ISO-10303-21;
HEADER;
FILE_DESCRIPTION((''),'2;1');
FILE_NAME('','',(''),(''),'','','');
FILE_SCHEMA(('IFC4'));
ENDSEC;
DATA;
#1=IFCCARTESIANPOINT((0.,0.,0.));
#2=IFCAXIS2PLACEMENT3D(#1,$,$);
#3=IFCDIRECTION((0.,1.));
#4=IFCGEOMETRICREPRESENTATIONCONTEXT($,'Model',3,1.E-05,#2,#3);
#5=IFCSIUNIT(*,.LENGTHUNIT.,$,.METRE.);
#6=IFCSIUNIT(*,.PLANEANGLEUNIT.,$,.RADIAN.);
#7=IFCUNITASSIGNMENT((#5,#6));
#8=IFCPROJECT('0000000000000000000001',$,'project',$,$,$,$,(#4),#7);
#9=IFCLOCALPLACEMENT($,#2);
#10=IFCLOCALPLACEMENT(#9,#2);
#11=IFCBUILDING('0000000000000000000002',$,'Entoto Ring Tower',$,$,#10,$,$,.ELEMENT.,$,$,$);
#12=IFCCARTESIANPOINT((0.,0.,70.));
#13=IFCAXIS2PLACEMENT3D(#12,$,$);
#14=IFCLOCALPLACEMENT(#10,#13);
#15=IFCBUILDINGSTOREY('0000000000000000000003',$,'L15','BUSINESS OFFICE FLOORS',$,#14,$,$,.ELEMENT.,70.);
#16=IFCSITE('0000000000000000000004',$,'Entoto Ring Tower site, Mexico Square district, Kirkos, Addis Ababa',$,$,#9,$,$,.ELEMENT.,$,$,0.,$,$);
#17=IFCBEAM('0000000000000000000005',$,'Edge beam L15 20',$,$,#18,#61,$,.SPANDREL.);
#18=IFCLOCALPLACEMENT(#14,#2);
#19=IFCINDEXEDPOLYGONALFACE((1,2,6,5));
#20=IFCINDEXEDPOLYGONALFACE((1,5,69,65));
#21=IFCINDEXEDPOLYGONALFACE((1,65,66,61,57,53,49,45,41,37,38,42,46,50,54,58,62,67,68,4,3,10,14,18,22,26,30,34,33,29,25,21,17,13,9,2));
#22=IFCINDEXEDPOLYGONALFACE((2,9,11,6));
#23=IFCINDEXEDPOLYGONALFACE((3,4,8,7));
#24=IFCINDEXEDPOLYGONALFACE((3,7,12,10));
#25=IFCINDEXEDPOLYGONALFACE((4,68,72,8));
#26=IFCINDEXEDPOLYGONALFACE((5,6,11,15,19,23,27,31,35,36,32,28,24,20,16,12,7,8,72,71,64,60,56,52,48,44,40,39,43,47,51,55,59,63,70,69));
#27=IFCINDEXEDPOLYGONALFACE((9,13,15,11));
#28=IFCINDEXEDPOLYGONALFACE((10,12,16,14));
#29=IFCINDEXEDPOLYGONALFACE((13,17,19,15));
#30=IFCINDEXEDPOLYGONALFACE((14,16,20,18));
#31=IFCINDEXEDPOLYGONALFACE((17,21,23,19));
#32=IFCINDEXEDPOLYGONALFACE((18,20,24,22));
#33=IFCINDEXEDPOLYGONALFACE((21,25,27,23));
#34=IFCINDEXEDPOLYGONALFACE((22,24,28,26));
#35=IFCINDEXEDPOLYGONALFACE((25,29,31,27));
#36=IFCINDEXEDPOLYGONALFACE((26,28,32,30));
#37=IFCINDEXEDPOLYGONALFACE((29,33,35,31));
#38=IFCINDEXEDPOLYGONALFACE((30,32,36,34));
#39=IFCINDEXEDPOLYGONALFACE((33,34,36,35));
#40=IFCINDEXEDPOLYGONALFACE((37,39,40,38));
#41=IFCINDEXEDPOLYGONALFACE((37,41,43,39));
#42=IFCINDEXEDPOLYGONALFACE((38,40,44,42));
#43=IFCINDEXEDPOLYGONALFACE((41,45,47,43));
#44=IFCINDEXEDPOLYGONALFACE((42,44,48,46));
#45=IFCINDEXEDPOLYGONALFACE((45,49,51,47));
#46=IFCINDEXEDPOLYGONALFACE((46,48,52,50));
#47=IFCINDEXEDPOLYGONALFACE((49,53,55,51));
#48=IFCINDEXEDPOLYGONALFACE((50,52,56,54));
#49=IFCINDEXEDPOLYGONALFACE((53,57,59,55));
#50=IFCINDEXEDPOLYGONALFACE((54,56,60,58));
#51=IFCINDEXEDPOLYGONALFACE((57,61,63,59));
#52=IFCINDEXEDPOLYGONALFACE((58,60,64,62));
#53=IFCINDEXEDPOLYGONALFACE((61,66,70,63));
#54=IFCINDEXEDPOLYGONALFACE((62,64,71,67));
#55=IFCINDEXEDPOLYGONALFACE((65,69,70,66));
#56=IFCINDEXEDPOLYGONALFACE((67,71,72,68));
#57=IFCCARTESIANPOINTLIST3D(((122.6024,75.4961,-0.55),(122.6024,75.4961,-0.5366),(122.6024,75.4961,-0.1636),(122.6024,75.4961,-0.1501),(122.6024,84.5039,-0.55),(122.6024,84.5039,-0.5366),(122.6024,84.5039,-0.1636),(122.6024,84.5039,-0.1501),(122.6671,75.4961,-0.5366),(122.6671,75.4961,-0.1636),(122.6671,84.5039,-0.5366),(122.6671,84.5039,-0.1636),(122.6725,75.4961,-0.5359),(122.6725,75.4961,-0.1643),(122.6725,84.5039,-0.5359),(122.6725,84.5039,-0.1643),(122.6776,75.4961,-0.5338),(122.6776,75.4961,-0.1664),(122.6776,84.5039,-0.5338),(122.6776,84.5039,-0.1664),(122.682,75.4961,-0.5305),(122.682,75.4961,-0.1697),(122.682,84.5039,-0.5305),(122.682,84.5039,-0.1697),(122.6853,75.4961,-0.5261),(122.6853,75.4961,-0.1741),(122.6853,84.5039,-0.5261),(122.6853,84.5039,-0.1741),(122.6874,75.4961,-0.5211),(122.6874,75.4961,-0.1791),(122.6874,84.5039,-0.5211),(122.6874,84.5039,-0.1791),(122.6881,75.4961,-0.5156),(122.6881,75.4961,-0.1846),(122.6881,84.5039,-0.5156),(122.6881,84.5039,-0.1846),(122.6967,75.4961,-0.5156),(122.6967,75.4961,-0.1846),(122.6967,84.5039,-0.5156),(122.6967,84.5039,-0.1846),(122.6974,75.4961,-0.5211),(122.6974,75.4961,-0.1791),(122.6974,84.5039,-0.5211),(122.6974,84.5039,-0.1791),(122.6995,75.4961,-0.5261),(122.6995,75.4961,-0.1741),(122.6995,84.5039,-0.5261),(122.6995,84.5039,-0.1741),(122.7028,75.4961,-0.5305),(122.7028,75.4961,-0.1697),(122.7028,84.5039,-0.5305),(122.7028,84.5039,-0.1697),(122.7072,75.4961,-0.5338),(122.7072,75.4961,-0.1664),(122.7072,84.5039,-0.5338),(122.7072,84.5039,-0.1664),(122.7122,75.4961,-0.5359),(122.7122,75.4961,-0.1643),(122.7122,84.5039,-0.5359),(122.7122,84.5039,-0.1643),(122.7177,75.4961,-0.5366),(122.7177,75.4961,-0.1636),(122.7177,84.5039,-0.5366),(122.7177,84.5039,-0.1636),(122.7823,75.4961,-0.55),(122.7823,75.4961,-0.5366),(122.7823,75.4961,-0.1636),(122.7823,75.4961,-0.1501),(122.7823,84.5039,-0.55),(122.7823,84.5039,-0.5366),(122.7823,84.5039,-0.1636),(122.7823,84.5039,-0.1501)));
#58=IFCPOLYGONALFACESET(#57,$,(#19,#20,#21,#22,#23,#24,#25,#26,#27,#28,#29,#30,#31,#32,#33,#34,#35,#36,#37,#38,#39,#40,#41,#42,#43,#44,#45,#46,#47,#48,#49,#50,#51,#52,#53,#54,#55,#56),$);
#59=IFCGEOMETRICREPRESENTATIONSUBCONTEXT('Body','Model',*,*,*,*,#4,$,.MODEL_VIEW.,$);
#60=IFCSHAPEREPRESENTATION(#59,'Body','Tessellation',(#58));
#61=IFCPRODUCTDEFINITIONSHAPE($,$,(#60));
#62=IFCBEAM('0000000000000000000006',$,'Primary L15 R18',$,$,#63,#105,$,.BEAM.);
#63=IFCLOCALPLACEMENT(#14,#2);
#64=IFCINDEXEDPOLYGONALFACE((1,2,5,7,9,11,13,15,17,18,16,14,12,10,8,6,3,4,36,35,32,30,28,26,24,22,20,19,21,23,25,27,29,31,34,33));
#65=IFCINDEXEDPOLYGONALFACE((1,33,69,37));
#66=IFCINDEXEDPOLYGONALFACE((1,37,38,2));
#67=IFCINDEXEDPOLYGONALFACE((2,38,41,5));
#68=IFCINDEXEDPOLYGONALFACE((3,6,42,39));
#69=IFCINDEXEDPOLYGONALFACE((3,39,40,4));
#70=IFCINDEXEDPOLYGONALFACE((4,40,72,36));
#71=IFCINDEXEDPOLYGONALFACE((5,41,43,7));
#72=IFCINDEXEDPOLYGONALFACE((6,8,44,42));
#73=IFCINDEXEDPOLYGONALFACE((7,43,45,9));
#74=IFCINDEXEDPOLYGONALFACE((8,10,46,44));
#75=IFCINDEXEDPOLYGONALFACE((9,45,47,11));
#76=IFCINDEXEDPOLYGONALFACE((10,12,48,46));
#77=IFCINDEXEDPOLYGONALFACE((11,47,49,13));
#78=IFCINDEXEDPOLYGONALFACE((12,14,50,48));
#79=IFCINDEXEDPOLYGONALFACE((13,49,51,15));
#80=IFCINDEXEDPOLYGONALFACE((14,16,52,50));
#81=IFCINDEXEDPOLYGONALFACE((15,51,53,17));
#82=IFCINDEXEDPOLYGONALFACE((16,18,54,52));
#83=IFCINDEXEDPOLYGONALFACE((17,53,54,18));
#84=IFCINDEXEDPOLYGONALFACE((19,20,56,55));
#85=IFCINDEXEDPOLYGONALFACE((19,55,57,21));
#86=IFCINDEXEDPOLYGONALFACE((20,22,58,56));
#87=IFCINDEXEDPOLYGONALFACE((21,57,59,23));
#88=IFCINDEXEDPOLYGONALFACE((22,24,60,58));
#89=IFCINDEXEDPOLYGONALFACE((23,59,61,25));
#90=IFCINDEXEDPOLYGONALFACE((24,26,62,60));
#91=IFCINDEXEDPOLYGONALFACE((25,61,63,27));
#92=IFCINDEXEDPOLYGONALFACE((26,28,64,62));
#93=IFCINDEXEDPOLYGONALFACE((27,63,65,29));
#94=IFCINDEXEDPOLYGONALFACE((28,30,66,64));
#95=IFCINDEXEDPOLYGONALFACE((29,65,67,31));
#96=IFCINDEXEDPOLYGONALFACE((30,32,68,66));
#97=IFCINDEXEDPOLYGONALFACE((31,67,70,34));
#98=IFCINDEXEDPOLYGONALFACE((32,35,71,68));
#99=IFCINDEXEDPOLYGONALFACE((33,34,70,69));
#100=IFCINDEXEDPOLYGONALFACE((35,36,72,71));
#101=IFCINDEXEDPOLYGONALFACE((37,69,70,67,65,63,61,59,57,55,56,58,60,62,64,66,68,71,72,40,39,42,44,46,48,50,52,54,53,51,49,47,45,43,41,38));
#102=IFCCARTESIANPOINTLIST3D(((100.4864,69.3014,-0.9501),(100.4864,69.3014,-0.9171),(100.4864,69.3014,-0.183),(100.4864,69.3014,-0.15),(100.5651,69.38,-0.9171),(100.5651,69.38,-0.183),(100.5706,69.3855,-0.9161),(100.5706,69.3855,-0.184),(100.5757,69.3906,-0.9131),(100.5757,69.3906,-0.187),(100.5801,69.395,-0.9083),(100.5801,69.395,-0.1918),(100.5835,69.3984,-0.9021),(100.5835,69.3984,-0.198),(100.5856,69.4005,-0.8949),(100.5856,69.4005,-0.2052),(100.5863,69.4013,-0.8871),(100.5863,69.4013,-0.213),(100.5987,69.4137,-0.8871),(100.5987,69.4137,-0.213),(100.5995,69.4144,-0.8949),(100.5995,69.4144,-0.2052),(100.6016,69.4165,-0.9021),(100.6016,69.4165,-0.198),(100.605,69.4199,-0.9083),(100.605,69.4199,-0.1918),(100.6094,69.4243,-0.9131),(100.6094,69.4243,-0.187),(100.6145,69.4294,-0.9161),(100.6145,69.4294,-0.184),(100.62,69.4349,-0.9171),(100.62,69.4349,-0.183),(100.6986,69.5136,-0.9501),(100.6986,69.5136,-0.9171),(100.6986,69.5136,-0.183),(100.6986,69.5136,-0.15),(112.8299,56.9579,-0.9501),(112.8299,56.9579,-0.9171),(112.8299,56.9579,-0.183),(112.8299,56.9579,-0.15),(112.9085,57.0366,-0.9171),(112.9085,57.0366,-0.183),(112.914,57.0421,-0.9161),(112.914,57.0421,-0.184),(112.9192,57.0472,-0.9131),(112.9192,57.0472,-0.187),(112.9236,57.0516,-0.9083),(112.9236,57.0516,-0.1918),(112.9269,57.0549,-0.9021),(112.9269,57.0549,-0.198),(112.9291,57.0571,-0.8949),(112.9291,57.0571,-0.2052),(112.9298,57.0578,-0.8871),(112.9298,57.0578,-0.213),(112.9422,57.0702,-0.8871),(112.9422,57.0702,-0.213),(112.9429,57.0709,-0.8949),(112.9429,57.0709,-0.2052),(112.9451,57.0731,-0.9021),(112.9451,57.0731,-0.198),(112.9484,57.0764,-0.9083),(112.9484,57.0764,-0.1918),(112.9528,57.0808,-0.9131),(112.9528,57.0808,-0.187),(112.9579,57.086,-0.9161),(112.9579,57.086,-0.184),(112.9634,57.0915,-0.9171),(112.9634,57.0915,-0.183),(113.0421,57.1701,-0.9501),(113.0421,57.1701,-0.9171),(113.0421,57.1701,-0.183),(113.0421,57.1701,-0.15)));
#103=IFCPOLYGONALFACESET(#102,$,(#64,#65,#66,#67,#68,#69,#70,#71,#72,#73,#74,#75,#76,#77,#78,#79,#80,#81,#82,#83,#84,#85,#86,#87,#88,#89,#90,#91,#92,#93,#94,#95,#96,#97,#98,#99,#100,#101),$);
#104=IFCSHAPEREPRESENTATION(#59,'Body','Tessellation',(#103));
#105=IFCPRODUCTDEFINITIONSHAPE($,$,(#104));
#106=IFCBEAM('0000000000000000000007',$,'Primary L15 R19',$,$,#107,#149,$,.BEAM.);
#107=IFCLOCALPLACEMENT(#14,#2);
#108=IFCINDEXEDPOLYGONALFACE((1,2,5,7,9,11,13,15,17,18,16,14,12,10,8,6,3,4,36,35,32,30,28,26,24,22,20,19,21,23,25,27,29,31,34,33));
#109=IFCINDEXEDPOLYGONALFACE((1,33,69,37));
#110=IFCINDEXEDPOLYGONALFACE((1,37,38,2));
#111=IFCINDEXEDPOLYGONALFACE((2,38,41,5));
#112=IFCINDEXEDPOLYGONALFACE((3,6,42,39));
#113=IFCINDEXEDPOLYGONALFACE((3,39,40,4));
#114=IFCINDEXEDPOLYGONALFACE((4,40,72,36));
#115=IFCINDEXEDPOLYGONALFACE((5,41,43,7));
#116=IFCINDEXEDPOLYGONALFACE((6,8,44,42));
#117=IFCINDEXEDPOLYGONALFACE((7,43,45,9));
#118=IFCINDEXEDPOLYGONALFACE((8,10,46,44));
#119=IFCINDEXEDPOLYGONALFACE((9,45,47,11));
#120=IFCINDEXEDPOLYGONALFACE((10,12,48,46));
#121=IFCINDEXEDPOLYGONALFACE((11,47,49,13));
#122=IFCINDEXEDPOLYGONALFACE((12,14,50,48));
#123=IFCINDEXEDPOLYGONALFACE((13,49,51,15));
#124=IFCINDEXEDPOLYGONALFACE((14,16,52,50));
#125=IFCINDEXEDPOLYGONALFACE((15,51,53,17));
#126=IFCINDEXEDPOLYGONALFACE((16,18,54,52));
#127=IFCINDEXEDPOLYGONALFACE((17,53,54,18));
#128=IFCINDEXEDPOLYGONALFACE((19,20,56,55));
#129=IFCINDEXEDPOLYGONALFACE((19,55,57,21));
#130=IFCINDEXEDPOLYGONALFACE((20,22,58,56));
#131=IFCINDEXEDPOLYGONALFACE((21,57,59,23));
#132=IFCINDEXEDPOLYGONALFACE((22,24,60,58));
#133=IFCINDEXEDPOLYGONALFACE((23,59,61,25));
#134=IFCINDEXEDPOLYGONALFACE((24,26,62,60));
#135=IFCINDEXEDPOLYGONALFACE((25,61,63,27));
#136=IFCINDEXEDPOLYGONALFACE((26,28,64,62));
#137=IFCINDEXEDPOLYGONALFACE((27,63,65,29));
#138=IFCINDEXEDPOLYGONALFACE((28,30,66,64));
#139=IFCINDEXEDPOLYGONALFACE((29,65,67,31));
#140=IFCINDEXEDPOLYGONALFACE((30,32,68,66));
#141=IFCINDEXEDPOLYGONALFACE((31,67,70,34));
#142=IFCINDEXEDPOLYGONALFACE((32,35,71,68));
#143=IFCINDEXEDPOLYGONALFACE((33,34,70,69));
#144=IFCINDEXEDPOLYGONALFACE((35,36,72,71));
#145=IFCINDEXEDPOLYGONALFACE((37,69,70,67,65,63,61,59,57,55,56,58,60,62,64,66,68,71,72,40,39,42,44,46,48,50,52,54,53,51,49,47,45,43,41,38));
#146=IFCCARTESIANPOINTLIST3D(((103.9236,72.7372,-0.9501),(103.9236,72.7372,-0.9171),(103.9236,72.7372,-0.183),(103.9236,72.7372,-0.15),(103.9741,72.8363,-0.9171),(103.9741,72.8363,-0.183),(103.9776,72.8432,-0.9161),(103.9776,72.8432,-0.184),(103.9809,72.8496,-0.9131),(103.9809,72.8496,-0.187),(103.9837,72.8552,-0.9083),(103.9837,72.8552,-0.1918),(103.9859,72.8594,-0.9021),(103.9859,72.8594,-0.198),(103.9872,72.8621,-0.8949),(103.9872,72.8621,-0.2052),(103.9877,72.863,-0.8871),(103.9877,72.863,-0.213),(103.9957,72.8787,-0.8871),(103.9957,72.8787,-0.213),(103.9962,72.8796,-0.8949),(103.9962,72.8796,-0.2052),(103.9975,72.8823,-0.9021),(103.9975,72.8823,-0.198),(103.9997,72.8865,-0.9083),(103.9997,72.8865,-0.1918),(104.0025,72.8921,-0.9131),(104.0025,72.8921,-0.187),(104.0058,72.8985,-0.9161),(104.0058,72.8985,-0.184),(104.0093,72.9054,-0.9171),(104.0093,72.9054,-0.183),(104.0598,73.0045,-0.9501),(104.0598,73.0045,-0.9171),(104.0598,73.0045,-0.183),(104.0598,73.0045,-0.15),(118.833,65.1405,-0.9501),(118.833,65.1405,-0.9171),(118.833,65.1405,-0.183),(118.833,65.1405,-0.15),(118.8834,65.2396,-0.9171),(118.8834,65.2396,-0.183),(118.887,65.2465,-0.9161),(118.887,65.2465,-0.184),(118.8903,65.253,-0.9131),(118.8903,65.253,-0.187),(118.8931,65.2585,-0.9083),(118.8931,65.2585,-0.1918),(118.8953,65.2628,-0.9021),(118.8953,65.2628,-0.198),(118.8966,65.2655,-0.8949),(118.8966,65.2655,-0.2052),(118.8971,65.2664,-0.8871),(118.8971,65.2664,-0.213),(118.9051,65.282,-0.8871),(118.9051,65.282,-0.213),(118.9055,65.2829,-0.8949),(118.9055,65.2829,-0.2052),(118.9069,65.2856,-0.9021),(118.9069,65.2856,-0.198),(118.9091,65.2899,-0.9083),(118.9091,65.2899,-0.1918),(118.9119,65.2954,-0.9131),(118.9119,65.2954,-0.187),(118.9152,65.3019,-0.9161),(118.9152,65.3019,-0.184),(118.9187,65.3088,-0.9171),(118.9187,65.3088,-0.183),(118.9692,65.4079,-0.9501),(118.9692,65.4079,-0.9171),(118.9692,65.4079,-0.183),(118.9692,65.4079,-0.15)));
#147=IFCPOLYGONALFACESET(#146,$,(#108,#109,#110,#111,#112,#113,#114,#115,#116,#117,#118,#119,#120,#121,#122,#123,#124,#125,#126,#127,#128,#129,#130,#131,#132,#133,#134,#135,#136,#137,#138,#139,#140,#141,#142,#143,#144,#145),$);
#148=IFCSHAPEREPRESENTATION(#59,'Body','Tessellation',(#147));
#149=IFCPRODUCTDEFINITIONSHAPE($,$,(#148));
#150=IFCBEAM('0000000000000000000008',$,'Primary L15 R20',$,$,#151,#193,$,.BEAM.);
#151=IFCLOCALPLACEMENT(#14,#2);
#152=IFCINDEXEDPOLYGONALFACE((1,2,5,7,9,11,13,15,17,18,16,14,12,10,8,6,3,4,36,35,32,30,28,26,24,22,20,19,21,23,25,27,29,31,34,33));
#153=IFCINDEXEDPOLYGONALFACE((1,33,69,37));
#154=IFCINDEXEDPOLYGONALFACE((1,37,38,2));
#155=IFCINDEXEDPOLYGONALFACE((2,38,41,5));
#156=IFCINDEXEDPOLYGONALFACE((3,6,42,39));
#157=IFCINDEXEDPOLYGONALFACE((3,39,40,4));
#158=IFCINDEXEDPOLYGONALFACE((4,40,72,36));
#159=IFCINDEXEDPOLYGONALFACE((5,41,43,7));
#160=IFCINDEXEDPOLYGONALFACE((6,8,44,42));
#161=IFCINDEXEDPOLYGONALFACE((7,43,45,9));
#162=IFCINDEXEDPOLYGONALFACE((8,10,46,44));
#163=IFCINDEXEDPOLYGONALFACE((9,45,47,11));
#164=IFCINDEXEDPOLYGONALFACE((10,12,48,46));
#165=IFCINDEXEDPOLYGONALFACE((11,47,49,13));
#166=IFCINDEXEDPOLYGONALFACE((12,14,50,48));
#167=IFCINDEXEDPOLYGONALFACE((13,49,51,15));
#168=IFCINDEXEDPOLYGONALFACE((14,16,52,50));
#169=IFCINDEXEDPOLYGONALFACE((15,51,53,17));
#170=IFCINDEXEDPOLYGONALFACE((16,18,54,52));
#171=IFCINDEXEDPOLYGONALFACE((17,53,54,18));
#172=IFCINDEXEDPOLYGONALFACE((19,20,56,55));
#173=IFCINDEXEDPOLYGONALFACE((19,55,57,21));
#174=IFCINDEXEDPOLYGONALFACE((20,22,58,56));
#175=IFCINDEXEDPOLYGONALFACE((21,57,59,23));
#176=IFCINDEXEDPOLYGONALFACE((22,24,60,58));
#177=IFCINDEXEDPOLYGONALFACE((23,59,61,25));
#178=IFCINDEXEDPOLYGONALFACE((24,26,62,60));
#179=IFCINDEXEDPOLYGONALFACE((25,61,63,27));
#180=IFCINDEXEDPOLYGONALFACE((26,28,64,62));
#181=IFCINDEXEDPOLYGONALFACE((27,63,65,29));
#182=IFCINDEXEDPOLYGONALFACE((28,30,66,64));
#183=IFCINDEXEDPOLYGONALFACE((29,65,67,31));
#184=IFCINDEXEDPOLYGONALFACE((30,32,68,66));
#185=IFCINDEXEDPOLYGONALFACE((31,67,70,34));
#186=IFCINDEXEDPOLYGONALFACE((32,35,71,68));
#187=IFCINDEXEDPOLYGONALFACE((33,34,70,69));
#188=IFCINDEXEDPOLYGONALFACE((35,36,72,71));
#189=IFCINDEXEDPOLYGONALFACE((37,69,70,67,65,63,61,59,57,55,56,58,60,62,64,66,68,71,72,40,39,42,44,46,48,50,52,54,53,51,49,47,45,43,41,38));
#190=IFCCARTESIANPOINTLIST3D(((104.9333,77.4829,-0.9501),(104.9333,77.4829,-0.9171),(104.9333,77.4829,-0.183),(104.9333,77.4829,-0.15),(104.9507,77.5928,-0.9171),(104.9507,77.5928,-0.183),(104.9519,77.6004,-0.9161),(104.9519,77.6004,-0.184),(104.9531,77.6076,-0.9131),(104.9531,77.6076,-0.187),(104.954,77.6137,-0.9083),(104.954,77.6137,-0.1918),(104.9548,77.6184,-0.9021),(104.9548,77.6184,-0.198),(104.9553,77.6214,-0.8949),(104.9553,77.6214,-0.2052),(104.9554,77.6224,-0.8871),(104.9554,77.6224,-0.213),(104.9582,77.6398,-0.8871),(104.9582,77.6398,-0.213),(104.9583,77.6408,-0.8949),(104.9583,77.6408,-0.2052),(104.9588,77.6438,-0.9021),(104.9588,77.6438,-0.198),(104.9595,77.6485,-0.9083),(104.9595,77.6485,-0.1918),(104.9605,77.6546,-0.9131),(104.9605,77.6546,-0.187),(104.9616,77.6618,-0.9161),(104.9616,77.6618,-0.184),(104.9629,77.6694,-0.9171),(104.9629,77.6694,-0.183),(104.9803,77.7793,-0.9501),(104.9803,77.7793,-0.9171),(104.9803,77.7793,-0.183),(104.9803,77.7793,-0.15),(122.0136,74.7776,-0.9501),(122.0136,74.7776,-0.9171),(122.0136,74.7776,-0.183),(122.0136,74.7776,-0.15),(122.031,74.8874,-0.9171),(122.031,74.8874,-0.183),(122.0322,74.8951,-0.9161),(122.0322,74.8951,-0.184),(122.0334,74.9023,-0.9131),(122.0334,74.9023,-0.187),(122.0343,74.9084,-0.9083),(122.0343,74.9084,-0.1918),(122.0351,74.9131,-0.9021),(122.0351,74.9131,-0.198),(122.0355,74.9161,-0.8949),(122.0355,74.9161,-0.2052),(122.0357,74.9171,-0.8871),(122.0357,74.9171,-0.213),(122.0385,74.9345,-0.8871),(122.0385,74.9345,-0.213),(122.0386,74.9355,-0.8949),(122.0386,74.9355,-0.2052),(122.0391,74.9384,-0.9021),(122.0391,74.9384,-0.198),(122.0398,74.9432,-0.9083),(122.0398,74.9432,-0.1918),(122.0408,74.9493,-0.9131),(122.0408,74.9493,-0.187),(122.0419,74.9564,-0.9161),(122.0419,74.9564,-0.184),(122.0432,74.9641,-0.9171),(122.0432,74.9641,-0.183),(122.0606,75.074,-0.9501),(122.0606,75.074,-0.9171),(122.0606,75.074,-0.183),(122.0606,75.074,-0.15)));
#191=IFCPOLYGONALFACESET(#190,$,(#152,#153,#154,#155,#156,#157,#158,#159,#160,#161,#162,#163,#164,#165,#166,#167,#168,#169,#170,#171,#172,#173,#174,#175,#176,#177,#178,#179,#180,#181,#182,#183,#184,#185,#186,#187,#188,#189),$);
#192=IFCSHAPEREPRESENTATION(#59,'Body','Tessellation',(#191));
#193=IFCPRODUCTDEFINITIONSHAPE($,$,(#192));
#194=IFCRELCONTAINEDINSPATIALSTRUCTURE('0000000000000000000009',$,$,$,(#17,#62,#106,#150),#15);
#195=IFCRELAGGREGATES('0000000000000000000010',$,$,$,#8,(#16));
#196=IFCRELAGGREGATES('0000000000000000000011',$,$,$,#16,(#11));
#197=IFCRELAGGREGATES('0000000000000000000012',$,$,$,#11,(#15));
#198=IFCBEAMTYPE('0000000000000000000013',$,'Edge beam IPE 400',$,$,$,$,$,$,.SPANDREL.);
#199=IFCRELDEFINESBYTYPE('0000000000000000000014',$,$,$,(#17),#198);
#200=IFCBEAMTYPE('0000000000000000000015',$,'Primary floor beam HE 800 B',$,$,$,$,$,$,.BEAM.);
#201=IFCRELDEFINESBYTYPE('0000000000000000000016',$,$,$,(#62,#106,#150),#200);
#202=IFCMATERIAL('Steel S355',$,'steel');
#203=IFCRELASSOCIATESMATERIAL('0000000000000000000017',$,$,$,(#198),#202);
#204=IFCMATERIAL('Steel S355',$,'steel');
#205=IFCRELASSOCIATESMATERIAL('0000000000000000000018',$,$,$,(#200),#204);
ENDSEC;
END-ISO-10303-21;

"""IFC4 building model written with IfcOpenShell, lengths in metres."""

from ifc_helpers import new_model, si_unit, direction, frame, origin, origin_2d, place, context, subcontext, project, spatial, i_section, extrude, material, material_profile, profile_set, type_object, element, save


model = new_model("IFC4")

# Units and contexts
model_context = context("Model", 3, precision=1e-05, world=origin(), true_north=direction((0.0, 1.0)))
body_context = subcontext(model_context, "Body", "Model", "MODEL_VIEW")
ifc_project = project(units=[si_unit("LENGTHUNIT", "METRE"), si_unit("PLANEANGLEUNIT", "RADIAN")], contexts=[model_context])

# Site, building, storey
site_placement = place(None, origin())
site = spatial("IfcSite", under=ifc_project, at=site_placement, Name="Entoto Ring Tower site, Mexico Square district, Kirkos, Addis Ababa", CompositionType="ELEMENT", RefElevation=0.0)
building_placement = place(site_placement, origin())
building = spatial("IfcBuilding", under=site, at=building_placement, Name="Entoto Ring Tower", CompositionType="ELEMENT")
storey_placement = place(building_placement, frame((0.0, 0.0, 70.0)))
storey = spatial("IfcBuildingStorey", under=building, at=storey_placement, Name="L15", Description="BUSINESS OFFICE FLOORS", CompositionType="ELEMENT", Elevation=70.0)

# Beams
ifc_material_1 = material(Name="Steel S355", Category="steel")
ifc_material_profile_1 = material_profile(ifc_material_1, i_section(OverallWidth=0.1799, OverallDepth=0.3999, WebThickness=0.0085, FlangeThickness=0.0134, FilletRadius=0.021, at=origin_2d()), Name="IPE 400")
ifc_profile_set_1 = profile_set([ifc_material_profile_1], Name="Steel S355")
beam_type_1 = type_object("IfcBeamType", Name="Edge beam IPE 400", PredefinedType="SPANDREL", material=ifc_profile_set_1)
for number, where, z_axis, x_axis, name in (
    (1, (122.6924, 75.4961, -0.3501), (0.0, 1.0, 0.0), (-1.0, 0.0, 0.0), "Edge beam L15 20"),
):
    element("IfcBeam", number, at=place(storey_placement, frame(where, z_axis=z_axis, x_axis=x_axis)), inside=storey, type_object=beam_type_1, Name=name, PredefinedType="SPANDREL", context=body_context, shape_type="SweptSolid", body=[
        extrude(i_section(OverallWidth=0.1799, OverallDepth=0.3999, WebThickness=0.0085, FlangeThickness=0.0134, FilletRadius=0.021, at=origin_2d()), origin(), (0.0, 0.0, 1.0), 9.0078),
    ])
ifc_material_2 = material(Name="Steel S355", Category="steel")
ifc_material_profile_2 = material_profile(ifc_material_2, i_section(OverallWidth=0.3, OverallDepth=0.8, WebThickness=0.0176, FlangeThickness=0.033, FilletRadius=0.03, at=origin_2d()), Name="HE 800 B")
ifc_profile_set_2 = profile_set([ifc_material_profile_2], Name="Steel S355")
beam_type_2 = type_object("IfcBeamType", Name="Primary floor beam HE 800 B", PredefinedType="BEAM", material=ifc_profile_set_2)
beam_1_placement = place(storey_placement, frame((100.5925, 69.4075, -0.55), z_axis=(0.707107, -0.707107, 0.0), x_axis=(0.707107, 0.707107, 0.0)))
element("IfcBeam", 2, at=beam_1_placement, inside=storey, type_object=beam_type_2, Name="Primary L15 R18", PredefinedType="BEAM", context=body_context, shape_type="SweptSolid", body=[
    extrude(i_section(OverallWidth=0.3, OverallDepth=0.8, WebThickness=0.0176, FlangeThickness=0.033, FilletRadius=0.03, at=origin_2d()), origin(), (0.0, 0.0, 1.0), 17.4563),
])
beam_2_placement = place(storey_placement, frame((103.9917, 72.8708, -0.55), z_axis=(0.891008, -0.453988, 0.0), x_axis=(0.453988, 0.891008, 0.0)))
element("IfcBeam", 3, at=beam_2_placement, inside=storey, type_object=beam_type_2, Name="Primary L15 R19", PredefinedType="BEAM", context=body_context, shape_type="SweptSolid", body=[
    extrude(i_section(OverallWidth=0.3, OverallDepth=0.8, WebThickness=0.0176, FlangeThickness=0.033, FilletRadius=0.03, at=origin_2d()), origin(), (0.0, 0.0, 1.0), 16.7332),
])
beam_3_placement = place(storey_placement, frame((104.9568, 77.6311, -0.55), z_axis=(0.987688, -0.156438, 0.0), x_axis=(0.156438, 0.987688, 0.0)))
element("IfcBeam", 4, at=beam_3_placement, inside=storey, type_object=beam_type_2, Name="Primary L15 R20", PredefinedType="BEAM", context=body_context, shape_type="SweptSolid", body=[
    extrude(i_section(OverallWidth=0.3, OverallDepth=0.8, WebThickness=0.0176, FlangeThickness=0.033, FilletRadius=0.03, at=origin_2d()), origin(), (0.0, 0.0, 1.0), 17.2932),
])

save(model, "model.ifc")
